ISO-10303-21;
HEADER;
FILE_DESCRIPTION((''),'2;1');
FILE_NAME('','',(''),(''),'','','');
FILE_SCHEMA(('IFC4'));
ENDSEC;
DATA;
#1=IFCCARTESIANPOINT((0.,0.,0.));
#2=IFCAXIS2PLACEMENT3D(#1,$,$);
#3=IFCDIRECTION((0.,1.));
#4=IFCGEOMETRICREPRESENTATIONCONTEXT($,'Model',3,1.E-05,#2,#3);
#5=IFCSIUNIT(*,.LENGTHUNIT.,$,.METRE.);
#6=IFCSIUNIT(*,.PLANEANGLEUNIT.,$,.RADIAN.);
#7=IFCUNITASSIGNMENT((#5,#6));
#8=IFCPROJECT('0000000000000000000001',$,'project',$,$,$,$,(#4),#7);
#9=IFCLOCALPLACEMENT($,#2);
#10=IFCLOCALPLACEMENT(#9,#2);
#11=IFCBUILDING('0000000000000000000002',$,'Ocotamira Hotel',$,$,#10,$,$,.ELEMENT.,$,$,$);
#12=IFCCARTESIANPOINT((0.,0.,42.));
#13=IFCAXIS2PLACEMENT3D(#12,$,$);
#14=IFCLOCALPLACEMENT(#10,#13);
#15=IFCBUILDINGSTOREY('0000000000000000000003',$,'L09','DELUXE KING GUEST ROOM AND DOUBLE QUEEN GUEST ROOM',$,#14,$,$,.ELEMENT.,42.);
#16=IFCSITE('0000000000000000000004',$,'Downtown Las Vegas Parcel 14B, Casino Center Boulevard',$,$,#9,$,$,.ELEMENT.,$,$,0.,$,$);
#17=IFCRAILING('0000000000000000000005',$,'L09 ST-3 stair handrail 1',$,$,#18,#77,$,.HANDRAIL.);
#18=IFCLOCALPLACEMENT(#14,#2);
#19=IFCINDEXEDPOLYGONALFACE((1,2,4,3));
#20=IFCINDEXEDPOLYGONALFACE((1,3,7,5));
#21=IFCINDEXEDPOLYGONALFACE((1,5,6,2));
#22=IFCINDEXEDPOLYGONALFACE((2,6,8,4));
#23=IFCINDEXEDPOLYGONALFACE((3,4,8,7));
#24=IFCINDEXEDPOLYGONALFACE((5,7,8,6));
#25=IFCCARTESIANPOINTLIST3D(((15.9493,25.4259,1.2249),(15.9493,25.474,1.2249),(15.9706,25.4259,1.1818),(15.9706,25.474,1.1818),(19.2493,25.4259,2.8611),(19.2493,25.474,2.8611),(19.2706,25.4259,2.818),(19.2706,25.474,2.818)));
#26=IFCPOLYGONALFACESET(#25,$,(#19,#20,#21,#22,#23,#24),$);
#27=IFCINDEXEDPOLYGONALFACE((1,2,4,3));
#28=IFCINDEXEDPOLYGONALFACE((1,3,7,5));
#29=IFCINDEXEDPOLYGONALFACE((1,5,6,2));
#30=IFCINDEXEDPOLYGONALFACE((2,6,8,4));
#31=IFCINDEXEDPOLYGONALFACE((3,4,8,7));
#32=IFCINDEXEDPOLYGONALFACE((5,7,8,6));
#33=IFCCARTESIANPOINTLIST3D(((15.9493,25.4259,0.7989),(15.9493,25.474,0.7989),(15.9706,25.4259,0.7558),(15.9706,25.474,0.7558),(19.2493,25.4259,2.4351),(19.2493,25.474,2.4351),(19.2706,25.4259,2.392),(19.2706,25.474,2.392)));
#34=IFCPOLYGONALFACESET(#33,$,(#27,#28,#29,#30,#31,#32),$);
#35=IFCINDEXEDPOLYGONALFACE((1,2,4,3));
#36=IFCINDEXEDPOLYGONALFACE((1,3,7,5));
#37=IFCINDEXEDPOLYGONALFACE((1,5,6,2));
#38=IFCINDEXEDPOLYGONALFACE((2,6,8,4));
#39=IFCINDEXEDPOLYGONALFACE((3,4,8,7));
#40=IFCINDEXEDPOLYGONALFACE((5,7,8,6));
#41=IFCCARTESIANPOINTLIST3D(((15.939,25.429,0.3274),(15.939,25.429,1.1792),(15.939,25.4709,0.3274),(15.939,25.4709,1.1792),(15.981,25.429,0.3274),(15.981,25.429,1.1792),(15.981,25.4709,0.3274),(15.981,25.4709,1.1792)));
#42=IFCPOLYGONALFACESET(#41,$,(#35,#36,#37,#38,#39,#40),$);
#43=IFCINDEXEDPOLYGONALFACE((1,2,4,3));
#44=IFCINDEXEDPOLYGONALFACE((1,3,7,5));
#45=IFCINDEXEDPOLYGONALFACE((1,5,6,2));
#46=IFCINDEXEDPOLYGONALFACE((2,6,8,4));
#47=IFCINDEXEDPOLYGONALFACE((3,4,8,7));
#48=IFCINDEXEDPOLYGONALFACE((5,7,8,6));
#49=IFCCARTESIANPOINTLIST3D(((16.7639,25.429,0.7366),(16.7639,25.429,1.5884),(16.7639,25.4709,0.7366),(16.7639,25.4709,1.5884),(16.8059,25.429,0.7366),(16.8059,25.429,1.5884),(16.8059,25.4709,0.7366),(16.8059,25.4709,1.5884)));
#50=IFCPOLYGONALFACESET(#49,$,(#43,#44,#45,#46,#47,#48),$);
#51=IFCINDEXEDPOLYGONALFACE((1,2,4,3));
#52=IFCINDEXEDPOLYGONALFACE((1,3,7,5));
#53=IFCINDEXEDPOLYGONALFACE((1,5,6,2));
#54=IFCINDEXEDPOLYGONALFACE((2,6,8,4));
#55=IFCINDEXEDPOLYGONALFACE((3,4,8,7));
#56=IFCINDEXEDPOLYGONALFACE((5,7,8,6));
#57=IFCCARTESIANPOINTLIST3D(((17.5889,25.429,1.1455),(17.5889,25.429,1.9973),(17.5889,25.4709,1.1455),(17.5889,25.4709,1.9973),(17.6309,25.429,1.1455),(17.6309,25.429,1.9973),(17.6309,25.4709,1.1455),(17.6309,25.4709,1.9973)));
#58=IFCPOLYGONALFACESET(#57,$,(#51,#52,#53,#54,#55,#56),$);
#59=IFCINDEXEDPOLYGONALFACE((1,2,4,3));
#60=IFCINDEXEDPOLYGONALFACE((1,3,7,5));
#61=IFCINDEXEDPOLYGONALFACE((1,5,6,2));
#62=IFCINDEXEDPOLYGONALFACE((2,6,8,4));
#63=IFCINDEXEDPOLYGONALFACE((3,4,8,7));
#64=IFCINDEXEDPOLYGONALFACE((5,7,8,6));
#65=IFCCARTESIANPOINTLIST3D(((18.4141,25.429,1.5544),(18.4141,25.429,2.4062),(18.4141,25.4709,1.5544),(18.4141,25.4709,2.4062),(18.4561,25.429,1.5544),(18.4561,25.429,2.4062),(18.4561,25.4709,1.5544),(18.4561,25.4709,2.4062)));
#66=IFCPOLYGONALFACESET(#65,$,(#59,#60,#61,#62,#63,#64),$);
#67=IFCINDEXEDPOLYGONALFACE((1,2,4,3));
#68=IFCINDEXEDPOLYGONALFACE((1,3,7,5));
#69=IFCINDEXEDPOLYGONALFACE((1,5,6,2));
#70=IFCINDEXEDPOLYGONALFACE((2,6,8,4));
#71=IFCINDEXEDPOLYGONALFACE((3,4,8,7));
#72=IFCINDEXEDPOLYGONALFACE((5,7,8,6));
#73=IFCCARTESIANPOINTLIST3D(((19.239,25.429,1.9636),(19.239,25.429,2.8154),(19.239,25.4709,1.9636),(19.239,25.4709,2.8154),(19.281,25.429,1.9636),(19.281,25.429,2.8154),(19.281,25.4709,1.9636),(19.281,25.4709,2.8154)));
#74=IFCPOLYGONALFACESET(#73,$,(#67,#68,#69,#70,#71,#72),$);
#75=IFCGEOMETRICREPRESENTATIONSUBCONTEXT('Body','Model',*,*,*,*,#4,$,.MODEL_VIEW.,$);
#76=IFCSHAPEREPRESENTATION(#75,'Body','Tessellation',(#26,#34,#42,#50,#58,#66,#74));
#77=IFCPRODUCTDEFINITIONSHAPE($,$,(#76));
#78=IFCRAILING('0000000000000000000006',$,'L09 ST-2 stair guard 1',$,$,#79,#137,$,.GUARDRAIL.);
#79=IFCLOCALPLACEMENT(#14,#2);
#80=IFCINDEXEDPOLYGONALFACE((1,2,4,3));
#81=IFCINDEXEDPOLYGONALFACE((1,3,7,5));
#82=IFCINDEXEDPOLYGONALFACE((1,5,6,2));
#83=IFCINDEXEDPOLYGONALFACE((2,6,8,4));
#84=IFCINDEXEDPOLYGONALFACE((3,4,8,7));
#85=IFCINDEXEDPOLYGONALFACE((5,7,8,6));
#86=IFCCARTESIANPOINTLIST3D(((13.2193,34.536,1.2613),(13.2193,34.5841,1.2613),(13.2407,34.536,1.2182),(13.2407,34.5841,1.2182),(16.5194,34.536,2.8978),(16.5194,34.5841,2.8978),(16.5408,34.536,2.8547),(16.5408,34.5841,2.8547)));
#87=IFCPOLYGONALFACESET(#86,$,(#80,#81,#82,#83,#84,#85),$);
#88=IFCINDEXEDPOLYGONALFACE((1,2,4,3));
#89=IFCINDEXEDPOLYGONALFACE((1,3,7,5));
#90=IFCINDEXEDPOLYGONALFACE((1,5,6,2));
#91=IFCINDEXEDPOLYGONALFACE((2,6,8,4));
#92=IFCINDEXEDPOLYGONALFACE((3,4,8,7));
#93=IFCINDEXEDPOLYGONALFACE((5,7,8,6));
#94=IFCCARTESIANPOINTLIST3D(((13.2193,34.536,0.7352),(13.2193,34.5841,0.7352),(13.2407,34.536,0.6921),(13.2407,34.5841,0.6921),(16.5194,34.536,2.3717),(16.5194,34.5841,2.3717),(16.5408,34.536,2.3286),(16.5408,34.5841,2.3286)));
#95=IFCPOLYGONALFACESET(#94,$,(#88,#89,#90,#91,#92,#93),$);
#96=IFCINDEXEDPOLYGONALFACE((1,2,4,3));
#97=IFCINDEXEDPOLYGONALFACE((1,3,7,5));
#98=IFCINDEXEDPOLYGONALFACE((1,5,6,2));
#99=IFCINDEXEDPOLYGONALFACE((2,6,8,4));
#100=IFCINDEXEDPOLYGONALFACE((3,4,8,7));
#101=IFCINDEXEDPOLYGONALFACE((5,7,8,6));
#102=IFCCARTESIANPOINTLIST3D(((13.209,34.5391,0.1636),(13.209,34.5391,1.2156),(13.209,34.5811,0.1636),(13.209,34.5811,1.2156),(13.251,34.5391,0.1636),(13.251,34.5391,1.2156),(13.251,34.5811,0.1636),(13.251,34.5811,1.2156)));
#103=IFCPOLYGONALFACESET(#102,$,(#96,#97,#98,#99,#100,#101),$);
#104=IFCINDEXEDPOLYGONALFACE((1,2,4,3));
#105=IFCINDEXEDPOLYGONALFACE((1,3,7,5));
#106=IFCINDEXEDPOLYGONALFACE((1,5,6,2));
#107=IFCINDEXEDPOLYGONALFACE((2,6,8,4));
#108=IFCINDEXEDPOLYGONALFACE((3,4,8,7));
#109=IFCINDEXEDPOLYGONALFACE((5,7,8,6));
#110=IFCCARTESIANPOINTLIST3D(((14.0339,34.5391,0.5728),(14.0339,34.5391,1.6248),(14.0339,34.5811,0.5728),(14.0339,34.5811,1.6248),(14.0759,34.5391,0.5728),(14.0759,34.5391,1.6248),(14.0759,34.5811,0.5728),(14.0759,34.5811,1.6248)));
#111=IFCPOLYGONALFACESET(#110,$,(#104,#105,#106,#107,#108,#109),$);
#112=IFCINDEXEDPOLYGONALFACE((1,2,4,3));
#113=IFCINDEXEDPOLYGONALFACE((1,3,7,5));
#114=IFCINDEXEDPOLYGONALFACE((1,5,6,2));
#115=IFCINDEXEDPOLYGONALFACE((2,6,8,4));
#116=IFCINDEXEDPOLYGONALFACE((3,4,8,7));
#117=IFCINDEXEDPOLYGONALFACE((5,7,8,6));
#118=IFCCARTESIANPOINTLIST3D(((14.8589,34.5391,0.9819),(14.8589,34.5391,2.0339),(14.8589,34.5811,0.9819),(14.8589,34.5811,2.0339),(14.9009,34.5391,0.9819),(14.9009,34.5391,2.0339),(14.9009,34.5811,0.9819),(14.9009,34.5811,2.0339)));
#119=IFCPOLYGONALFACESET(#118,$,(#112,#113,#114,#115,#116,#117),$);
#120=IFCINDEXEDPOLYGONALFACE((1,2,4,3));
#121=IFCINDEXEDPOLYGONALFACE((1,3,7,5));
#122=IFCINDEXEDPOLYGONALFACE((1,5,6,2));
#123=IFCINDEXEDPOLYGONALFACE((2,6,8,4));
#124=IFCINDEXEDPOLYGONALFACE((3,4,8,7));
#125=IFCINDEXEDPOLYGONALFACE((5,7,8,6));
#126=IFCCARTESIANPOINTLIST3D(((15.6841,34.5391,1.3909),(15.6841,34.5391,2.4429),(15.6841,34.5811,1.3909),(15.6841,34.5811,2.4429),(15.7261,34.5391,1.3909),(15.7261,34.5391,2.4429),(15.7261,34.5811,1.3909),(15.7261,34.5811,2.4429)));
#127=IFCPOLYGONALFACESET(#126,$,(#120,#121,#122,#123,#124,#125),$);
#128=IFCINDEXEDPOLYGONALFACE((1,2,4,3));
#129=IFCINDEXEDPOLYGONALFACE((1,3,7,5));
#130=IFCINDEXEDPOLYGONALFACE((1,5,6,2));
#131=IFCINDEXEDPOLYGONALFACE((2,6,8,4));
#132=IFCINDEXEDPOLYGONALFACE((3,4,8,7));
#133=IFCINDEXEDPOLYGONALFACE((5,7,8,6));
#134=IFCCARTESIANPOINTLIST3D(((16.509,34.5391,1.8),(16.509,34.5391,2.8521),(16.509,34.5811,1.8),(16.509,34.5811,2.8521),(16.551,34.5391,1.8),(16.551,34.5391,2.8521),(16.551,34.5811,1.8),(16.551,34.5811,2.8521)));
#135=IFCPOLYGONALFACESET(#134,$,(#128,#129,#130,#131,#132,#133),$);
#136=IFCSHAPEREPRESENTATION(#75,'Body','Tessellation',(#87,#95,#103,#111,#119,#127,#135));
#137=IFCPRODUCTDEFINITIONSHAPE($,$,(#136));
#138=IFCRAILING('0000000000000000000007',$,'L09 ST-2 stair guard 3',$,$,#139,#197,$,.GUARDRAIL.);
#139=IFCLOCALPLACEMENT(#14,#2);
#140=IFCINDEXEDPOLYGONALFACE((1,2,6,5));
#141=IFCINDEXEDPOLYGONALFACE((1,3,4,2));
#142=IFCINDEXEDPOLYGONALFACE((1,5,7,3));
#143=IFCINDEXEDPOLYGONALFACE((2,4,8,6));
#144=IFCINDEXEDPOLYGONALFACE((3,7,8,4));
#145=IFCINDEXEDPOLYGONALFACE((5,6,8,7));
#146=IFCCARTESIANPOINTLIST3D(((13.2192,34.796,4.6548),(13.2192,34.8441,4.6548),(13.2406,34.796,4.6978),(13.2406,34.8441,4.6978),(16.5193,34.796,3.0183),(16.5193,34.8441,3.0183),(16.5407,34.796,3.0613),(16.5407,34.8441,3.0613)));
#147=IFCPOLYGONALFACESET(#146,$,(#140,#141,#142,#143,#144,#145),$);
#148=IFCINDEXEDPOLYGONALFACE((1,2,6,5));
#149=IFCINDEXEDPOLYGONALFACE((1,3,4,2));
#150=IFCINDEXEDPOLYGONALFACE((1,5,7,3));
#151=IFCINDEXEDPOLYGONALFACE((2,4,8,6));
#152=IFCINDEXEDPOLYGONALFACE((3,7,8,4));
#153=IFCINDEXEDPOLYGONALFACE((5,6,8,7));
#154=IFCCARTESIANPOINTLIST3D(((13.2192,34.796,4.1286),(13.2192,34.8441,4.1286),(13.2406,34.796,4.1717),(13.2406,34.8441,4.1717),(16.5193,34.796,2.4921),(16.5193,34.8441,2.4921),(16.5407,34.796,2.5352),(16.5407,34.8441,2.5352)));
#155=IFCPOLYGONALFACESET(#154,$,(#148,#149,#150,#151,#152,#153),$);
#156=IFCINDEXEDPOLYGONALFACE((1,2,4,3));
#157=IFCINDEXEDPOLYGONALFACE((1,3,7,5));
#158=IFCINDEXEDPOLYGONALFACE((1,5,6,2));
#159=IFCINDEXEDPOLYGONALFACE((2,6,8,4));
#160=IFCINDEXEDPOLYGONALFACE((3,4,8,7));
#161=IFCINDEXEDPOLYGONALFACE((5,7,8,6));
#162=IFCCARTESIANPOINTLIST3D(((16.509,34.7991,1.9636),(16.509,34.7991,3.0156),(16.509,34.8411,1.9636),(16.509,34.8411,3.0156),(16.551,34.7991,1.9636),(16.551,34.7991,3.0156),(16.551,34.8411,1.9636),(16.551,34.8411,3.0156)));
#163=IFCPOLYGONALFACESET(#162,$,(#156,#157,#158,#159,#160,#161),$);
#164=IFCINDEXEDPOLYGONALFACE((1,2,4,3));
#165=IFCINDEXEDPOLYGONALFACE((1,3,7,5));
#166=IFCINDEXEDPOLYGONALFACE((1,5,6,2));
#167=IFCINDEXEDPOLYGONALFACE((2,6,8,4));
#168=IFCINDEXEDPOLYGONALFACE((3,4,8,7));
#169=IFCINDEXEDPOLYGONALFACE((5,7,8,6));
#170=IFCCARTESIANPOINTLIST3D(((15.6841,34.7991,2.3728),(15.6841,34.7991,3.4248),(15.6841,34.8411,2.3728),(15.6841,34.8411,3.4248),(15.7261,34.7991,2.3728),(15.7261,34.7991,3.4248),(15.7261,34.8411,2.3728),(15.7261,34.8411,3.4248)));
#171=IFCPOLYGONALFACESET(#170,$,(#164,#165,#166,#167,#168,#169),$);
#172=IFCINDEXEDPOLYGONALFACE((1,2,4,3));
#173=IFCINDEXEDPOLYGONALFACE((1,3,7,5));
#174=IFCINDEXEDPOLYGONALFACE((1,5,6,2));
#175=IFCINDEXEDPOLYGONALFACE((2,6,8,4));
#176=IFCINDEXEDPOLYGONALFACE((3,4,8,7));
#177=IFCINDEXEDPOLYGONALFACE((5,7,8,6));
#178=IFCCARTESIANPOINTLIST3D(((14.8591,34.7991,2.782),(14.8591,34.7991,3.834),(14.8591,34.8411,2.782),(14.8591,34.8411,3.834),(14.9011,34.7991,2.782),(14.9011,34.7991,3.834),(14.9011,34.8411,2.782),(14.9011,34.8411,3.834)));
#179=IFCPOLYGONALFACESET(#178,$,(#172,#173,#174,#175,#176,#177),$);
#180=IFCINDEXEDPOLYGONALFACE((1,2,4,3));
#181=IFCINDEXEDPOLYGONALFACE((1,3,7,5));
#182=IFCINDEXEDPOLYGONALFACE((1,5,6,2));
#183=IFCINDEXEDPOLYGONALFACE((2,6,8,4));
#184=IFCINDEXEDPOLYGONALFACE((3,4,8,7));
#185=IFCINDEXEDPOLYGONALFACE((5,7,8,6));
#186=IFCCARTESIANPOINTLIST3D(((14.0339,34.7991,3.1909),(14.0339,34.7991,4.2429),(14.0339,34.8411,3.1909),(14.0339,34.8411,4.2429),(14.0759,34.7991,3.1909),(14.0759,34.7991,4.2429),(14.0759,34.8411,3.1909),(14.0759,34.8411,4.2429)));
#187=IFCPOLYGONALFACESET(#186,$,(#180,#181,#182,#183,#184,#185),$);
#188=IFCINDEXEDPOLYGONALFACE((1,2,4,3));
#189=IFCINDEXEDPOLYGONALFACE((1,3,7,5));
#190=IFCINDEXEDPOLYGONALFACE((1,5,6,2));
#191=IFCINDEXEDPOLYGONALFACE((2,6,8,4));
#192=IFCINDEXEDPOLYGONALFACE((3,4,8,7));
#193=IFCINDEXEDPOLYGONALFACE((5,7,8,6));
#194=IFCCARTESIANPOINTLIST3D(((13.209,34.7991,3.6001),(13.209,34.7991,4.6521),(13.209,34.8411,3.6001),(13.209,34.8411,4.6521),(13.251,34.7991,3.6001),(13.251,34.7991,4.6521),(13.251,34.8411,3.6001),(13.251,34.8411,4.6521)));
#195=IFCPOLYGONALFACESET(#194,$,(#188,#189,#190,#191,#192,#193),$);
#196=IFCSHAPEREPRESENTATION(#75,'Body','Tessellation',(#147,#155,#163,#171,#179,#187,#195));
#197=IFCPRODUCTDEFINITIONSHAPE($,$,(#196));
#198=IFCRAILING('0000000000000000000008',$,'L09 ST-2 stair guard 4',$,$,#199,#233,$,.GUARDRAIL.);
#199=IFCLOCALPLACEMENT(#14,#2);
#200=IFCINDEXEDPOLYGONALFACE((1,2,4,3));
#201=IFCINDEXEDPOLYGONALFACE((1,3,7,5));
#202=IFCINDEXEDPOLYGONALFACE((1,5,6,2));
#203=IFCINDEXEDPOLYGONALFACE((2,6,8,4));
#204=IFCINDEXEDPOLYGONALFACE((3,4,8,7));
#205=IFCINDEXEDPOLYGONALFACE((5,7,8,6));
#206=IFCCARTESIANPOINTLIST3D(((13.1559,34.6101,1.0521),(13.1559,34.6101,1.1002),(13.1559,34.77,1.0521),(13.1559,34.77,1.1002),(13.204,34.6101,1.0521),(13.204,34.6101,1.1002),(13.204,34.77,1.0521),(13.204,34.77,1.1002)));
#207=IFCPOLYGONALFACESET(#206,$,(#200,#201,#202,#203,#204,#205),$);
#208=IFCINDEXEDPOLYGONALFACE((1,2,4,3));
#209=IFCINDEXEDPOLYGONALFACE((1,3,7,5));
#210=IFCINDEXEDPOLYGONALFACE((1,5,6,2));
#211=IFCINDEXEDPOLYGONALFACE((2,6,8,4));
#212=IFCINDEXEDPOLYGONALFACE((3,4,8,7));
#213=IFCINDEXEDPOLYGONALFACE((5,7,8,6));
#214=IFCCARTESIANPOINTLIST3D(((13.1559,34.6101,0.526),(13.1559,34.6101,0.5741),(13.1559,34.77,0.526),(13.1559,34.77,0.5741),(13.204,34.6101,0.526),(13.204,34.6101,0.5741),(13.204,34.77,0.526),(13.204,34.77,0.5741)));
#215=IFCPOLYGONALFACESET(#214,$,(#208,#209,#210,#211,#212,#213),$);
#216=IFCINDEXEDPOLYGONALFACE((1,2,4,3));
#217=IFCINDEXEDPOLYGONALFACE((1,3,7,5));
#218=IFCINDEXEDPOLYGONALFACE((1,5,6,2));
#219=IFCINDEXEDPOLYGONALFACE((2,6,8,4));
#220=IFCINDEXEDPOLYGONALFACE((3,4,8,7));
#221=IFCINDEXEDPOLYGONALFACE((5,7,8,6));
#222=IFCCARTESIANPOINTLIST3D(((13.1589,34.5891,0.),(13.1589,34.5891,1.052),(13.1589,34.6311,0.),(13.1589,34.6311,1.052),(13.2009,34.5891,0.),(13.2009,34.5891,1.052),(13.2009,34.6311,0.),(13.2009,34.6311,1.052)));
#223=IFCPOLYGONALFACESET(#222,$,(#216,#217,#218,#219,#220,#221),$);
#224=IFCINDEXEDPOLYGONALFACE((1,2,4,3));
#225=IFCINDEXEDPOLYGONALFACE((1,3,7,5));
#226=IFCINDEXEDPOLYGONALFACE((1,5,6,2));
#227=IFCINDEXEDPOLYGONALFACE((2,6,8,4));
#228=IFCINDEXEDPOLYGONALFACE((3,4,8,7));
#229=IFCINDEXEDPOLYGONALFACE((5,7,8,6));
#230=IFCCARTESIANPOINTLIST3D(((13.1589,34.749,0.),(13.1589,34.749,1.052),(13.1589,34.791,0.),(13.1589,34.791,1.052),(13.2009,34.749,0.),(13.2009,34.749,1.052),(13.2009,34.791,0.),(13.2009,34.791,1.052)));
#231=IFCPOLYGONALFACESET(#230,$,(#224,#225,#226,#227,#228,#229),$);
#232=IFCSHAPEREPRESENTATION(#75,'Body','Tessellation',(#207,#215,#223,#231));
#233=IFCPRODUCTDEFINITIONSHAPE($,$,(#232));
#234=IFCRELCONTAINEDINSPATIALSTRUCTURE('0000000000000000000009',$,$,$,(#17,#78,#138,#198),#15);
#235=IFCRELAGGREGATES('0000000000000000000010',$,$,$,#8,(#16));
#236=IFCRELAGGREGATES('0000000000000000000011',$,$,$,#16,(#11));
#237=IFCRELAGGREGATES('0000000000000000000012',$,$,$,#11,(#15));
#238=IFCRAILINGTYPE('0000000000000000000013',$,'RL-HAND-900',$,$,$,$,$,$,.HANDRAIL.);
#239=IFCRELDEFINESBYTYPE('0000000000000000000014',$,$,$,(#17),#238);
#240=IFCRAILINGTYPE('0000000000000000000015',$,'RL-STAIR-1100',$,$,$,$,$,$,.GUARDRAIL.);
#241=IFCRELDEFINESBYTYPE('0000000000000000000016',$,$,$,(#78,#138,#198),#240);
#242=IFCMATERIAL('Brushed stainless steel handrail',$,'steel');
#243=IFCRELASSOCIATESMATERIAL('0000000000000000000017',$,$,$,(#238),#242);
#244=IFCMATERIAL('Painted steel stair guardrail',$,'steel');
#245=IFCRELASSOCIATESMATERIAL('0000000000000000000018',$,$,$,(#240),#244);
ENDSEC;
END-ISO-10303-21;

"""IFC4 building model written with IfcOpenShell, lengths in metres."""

from ifc_helpers import new_model, si_unit, direction, frame, origin, origin_2d, place, context, subcontext, project, spatial, rectangle, extrude, material, type_object, element, save


model = new_model("IFC4")

# Units and contexts
model_context = context("Model", 3, precision=1e-05, world=origin(), true_north=direction((0.0, 1.0)))
body_context = subcontext(model_context, "Body", "Model", "MODEL_VIEW")
ifc_project = project(units=[si_unit("LENGTHUNIT", "METRE"), si_unit("PLANEANGLEUNIT", "RADIAN")], contexts=[model_context])

# Site, building, storey
site_placement = place(None, origin())
site = spatial("IfcSite", under=ifc_project, at=site_placement, Name="Downtown Las Vegas Parcel 14B, Casino Center Boulevard", CompositionType="ELEMENT", RefElevation=0.0)
building_placement = place(site_placement, origin())
building = spatial("IfcBuilding", under=site, at=building_placement, Name="Ocotamira Hotel", CompositionType="ELEMENT")
storey_placement = place(building_placement, frame((0.0, 0.0, 42.0)))
storey = spatial("IfcBuildingStorey", under=building, at=storey_placement, Name="L09", Description="DELUXE KING GUEST ROOM AND DOUBLE QUEEN GUEST ROOM", CompositionType="ELEMENT", Elevation=42.0)

# Railings
ifc_material_1 = material(Name="Brushed stainless steel handrail", Category="steel")
railing_type_1 = type_object("IfcRailingType", Name="RL-HAND-900", PredefinedType="HANDRAIL", material=ifc_material_1)
railing_1_placement = place(storey_placement, frame((15.96, 25.45, 0.3274)))
element("IfcRailing", 1, at=railing_1_placement, inside=storey, type_object=railing_type_1, Name="L09 ST-3 stair handrail 1", PredefinedType="HANDRAIL", context=body_context, shape_type="SweptSolid", body=[
    extrude(rectangle(XDim=0.0481, YDim=0.0481, at=origin_2d()), frame((0.0, 0.0, 0.876), z_axis=(0.89592, 0.0, 0.444215), x_axis=(0.0, 1.0, 0.0)), (0.0, 0.0, 1.0), 3.6833),
    extrude(rectangle(XDim=0.0481, YDim=0.0481, at=origin_2d()), frame((0.0, 0.0, 0.45), z_axis=(0.89592, 0.0, 0.444215), x_axis=(0.0, 1.0, 0.0)), (0.0, 0.0, 1.0), 3.6833),
    extrude(rectangle(XDim=0.042, YDim=0.042, at=origin_2d()), origin(), (0.0, 0.0, 1.0), 0.8518),
    extrude(rectangle(XDim=0.042, YDim=0.042, at=origin_2d()), frame((0.825, 0.0, 0.4092)), (0.0, 0.0, 1.0), 0.8518),
    extrude(rectangle(XDim=0.042, YDim=0.042, at=origin_2d()), frame((1.6499, 0.0, 0.8181)), (0.0, 0.0, 1.0), 0.8518),
    extrude(rectangle(XDim=0.042, YDim=0.042, at=origin_2d()), frame((2.4751, 0.0, 1.2271)), (0.0, 0.0, 1.0), 0.8518),
    extrude(rectangle(XDim=0.042, YDim=0.042, at=origin_2d()), frame((3.3, 0.0, 1.6362)), (0.0, 0.0, 1.0), 0.8518),
])
ifc_material_2 = material(Name="Painted steel stair guardrail", Category="steel")
railing_type_2 = type_object("IfcRailingType", Name="RL-STAIR-1100", PredefinedType="GUARDRAIL", material=ifc_material_2)
railing_2_placement = place(storey_placement, frame((13.23, 34.5601, 0.1636)))
element("IfcRailing", 2, at=railing_2_placement, inside=storey, type_object=railing_type_2, Name="L09 ST-2 stair guard 1", PredefinedType="GUARDRAIL", context=body_context, shape_type="SweptSolid", body=[
    extrude(rectangle(XDim=0.0481, YDim=0.0481, at=origin_2d()), frame((0.0, 0.0, 1.0762), z_axis=(0.895894, 0.0, 0.444268), x_axis=(0.0, 1.0, 0.0)), (0.0, 0.0, 1.0), 3.6836),
    extrude(rectangle(XDim=0.0481, YDim=0.0481, at=origin_2d()), frame((0.0, 0.0, 0.55), z_axis=(0.895894, 0.0, 0.444268), x_axis=(0.0, 1.0, 0.0)), (0.0, 0.0, 1.0), 3.6836),
    extrude(rectangle(XDim=0.042, YDim=0.042, at=origin_2d()), origin(), (0.0, 0.0, 1.0), 1.052),
    extrude(rectangle(XDim=0.042, YDim=0.042, at=origin_2d()), frame((0.825, 0.0, 0.4092)), (0.0, 0.0, 1.0), 1.052),
    extrude(rectangle(XDim=0.042, YDim=0.042, at=origin_2d()), frame((1.6499, 0.0, 0.8184)), (0.0, 0.0, 1.0), 1.052),
    extrude(rectangle(XDim=0.042, YDim=0.042, at=origin_2d()), frame((2.4751, 0.0, 1.2273)), (0.0, 0.0, 1.0), 1.052),
    extrude(rectangle(XDim=0.042, YDim=0.042, at=origin_2d()), frame((3.3, 0.0, 1.6365)), (0.0, 0.0, 1.0), 1.052),
])
railing_3_placement = place(storey_placement, frame((16.53, 34.8201, 1.9636)))
element("IfcRailing", 3, at=railing_3_placement, inside=storey, type_object=railing_type_2, Name="L09 ST-2 stair guard 3", PredefinedType="GUARDRAIL", context=body_context, shape_type="SweptSolid", body=[
    extrude(rectangle(XDim=0.0481, YDim=0.0481, at=origin_2d()), frame((0.0, 0.0, 1.0762), z_axis=(-0.895894, 0.0, 0.444268), x_axis=(0.0, -1.0, 0.0)), (0.0, 0.0, 1.0), 3.6836),
    extrude(rectangle(XDim=0.0481, YDim=0.0481, at=origin_2d()), frame((0.0, 0.0, 0.55), z_axis=(-0.895894, 0.0, 0.444268), x_axis=(0.0, -1.0, 0.0)), (0.0, 0.0, 1.0), 3.6836),
    extrude(rectangle(XDim=0.042, YDim=0.042, at=origin_2d()), origin(), (0.0, 0.0, 1.0), 1.052),
    extrude(rectangle(XDim=0.042, YDim=0.042, at=origin_2d()), frame((-0.825, 0.0, 0.4092)), (0.0, 0.0, 1.0), 1.052),
    extrude(rectangle(XDim=0.042, YDim=0.042, at=origin_2d()), frame((-1.6499, 0.0, 0.8184)), (0.0, 0.0, 1.0), 1.052),
    extrude(rectangle(XDim=0.042, YDim=0.042, at=origin_2d()), frame((-2.4751, 0.0, 1.2273)), (0.0, 0.0, 1.0), 1.052),
    extrude(rectangle(XDim=0.042, YDim=0.042, at=origin_2d()), frame((-3.3, 0.0, 1.6365)), (0.0, 0.0, 1.0), 1.052),
])
railing_4_placement = place(storey_placement, frame((13.1799, 34.6101, 0.0)))
element("IfcRailing", 4, at=railing_4_placement, inside=storey, type_object=railing_type_2, Name="L09 ST-2 stair guard 4", PredefinedType="GUARDRAIL", context=body_context, shape_type="SweptSolid", body=[
    extrude(rectangle(XDim=0.0481, YDim=0.0481, at=origin_2d()), frame((0.0, 0.0, 1.0762), z_axis=(0.0, 1.0, 0.0), x_axis=(-1.0, 0.0, 0.0)), (0.0, 0.0, 1.0), 0.1599),
    extrude(rectangle(XDim=0.0481, YDim=0.0481, at=origin_2d()), frame((0.0, 0.0, 0.55), z_axis=(0.0, 1.0, 0.0), x_axis=(-1.0, 0.0, 0.0)), (0.0, 0.0, 1.0), 0.1599),
    extrude(rectangle(XDim=0.042, YDim=0.042, at=origin_2d()), origin(), (0.0, 0.0, 1.0), 1.052),
    extrude(rectangle(XDim=0.042, YDim=0.042, at=origin_2d()), frame((0.0, 0.1599, 0.0)), (0.0, 0.0, 1.0), 1.052),
])

save(model, "model.ifc")
